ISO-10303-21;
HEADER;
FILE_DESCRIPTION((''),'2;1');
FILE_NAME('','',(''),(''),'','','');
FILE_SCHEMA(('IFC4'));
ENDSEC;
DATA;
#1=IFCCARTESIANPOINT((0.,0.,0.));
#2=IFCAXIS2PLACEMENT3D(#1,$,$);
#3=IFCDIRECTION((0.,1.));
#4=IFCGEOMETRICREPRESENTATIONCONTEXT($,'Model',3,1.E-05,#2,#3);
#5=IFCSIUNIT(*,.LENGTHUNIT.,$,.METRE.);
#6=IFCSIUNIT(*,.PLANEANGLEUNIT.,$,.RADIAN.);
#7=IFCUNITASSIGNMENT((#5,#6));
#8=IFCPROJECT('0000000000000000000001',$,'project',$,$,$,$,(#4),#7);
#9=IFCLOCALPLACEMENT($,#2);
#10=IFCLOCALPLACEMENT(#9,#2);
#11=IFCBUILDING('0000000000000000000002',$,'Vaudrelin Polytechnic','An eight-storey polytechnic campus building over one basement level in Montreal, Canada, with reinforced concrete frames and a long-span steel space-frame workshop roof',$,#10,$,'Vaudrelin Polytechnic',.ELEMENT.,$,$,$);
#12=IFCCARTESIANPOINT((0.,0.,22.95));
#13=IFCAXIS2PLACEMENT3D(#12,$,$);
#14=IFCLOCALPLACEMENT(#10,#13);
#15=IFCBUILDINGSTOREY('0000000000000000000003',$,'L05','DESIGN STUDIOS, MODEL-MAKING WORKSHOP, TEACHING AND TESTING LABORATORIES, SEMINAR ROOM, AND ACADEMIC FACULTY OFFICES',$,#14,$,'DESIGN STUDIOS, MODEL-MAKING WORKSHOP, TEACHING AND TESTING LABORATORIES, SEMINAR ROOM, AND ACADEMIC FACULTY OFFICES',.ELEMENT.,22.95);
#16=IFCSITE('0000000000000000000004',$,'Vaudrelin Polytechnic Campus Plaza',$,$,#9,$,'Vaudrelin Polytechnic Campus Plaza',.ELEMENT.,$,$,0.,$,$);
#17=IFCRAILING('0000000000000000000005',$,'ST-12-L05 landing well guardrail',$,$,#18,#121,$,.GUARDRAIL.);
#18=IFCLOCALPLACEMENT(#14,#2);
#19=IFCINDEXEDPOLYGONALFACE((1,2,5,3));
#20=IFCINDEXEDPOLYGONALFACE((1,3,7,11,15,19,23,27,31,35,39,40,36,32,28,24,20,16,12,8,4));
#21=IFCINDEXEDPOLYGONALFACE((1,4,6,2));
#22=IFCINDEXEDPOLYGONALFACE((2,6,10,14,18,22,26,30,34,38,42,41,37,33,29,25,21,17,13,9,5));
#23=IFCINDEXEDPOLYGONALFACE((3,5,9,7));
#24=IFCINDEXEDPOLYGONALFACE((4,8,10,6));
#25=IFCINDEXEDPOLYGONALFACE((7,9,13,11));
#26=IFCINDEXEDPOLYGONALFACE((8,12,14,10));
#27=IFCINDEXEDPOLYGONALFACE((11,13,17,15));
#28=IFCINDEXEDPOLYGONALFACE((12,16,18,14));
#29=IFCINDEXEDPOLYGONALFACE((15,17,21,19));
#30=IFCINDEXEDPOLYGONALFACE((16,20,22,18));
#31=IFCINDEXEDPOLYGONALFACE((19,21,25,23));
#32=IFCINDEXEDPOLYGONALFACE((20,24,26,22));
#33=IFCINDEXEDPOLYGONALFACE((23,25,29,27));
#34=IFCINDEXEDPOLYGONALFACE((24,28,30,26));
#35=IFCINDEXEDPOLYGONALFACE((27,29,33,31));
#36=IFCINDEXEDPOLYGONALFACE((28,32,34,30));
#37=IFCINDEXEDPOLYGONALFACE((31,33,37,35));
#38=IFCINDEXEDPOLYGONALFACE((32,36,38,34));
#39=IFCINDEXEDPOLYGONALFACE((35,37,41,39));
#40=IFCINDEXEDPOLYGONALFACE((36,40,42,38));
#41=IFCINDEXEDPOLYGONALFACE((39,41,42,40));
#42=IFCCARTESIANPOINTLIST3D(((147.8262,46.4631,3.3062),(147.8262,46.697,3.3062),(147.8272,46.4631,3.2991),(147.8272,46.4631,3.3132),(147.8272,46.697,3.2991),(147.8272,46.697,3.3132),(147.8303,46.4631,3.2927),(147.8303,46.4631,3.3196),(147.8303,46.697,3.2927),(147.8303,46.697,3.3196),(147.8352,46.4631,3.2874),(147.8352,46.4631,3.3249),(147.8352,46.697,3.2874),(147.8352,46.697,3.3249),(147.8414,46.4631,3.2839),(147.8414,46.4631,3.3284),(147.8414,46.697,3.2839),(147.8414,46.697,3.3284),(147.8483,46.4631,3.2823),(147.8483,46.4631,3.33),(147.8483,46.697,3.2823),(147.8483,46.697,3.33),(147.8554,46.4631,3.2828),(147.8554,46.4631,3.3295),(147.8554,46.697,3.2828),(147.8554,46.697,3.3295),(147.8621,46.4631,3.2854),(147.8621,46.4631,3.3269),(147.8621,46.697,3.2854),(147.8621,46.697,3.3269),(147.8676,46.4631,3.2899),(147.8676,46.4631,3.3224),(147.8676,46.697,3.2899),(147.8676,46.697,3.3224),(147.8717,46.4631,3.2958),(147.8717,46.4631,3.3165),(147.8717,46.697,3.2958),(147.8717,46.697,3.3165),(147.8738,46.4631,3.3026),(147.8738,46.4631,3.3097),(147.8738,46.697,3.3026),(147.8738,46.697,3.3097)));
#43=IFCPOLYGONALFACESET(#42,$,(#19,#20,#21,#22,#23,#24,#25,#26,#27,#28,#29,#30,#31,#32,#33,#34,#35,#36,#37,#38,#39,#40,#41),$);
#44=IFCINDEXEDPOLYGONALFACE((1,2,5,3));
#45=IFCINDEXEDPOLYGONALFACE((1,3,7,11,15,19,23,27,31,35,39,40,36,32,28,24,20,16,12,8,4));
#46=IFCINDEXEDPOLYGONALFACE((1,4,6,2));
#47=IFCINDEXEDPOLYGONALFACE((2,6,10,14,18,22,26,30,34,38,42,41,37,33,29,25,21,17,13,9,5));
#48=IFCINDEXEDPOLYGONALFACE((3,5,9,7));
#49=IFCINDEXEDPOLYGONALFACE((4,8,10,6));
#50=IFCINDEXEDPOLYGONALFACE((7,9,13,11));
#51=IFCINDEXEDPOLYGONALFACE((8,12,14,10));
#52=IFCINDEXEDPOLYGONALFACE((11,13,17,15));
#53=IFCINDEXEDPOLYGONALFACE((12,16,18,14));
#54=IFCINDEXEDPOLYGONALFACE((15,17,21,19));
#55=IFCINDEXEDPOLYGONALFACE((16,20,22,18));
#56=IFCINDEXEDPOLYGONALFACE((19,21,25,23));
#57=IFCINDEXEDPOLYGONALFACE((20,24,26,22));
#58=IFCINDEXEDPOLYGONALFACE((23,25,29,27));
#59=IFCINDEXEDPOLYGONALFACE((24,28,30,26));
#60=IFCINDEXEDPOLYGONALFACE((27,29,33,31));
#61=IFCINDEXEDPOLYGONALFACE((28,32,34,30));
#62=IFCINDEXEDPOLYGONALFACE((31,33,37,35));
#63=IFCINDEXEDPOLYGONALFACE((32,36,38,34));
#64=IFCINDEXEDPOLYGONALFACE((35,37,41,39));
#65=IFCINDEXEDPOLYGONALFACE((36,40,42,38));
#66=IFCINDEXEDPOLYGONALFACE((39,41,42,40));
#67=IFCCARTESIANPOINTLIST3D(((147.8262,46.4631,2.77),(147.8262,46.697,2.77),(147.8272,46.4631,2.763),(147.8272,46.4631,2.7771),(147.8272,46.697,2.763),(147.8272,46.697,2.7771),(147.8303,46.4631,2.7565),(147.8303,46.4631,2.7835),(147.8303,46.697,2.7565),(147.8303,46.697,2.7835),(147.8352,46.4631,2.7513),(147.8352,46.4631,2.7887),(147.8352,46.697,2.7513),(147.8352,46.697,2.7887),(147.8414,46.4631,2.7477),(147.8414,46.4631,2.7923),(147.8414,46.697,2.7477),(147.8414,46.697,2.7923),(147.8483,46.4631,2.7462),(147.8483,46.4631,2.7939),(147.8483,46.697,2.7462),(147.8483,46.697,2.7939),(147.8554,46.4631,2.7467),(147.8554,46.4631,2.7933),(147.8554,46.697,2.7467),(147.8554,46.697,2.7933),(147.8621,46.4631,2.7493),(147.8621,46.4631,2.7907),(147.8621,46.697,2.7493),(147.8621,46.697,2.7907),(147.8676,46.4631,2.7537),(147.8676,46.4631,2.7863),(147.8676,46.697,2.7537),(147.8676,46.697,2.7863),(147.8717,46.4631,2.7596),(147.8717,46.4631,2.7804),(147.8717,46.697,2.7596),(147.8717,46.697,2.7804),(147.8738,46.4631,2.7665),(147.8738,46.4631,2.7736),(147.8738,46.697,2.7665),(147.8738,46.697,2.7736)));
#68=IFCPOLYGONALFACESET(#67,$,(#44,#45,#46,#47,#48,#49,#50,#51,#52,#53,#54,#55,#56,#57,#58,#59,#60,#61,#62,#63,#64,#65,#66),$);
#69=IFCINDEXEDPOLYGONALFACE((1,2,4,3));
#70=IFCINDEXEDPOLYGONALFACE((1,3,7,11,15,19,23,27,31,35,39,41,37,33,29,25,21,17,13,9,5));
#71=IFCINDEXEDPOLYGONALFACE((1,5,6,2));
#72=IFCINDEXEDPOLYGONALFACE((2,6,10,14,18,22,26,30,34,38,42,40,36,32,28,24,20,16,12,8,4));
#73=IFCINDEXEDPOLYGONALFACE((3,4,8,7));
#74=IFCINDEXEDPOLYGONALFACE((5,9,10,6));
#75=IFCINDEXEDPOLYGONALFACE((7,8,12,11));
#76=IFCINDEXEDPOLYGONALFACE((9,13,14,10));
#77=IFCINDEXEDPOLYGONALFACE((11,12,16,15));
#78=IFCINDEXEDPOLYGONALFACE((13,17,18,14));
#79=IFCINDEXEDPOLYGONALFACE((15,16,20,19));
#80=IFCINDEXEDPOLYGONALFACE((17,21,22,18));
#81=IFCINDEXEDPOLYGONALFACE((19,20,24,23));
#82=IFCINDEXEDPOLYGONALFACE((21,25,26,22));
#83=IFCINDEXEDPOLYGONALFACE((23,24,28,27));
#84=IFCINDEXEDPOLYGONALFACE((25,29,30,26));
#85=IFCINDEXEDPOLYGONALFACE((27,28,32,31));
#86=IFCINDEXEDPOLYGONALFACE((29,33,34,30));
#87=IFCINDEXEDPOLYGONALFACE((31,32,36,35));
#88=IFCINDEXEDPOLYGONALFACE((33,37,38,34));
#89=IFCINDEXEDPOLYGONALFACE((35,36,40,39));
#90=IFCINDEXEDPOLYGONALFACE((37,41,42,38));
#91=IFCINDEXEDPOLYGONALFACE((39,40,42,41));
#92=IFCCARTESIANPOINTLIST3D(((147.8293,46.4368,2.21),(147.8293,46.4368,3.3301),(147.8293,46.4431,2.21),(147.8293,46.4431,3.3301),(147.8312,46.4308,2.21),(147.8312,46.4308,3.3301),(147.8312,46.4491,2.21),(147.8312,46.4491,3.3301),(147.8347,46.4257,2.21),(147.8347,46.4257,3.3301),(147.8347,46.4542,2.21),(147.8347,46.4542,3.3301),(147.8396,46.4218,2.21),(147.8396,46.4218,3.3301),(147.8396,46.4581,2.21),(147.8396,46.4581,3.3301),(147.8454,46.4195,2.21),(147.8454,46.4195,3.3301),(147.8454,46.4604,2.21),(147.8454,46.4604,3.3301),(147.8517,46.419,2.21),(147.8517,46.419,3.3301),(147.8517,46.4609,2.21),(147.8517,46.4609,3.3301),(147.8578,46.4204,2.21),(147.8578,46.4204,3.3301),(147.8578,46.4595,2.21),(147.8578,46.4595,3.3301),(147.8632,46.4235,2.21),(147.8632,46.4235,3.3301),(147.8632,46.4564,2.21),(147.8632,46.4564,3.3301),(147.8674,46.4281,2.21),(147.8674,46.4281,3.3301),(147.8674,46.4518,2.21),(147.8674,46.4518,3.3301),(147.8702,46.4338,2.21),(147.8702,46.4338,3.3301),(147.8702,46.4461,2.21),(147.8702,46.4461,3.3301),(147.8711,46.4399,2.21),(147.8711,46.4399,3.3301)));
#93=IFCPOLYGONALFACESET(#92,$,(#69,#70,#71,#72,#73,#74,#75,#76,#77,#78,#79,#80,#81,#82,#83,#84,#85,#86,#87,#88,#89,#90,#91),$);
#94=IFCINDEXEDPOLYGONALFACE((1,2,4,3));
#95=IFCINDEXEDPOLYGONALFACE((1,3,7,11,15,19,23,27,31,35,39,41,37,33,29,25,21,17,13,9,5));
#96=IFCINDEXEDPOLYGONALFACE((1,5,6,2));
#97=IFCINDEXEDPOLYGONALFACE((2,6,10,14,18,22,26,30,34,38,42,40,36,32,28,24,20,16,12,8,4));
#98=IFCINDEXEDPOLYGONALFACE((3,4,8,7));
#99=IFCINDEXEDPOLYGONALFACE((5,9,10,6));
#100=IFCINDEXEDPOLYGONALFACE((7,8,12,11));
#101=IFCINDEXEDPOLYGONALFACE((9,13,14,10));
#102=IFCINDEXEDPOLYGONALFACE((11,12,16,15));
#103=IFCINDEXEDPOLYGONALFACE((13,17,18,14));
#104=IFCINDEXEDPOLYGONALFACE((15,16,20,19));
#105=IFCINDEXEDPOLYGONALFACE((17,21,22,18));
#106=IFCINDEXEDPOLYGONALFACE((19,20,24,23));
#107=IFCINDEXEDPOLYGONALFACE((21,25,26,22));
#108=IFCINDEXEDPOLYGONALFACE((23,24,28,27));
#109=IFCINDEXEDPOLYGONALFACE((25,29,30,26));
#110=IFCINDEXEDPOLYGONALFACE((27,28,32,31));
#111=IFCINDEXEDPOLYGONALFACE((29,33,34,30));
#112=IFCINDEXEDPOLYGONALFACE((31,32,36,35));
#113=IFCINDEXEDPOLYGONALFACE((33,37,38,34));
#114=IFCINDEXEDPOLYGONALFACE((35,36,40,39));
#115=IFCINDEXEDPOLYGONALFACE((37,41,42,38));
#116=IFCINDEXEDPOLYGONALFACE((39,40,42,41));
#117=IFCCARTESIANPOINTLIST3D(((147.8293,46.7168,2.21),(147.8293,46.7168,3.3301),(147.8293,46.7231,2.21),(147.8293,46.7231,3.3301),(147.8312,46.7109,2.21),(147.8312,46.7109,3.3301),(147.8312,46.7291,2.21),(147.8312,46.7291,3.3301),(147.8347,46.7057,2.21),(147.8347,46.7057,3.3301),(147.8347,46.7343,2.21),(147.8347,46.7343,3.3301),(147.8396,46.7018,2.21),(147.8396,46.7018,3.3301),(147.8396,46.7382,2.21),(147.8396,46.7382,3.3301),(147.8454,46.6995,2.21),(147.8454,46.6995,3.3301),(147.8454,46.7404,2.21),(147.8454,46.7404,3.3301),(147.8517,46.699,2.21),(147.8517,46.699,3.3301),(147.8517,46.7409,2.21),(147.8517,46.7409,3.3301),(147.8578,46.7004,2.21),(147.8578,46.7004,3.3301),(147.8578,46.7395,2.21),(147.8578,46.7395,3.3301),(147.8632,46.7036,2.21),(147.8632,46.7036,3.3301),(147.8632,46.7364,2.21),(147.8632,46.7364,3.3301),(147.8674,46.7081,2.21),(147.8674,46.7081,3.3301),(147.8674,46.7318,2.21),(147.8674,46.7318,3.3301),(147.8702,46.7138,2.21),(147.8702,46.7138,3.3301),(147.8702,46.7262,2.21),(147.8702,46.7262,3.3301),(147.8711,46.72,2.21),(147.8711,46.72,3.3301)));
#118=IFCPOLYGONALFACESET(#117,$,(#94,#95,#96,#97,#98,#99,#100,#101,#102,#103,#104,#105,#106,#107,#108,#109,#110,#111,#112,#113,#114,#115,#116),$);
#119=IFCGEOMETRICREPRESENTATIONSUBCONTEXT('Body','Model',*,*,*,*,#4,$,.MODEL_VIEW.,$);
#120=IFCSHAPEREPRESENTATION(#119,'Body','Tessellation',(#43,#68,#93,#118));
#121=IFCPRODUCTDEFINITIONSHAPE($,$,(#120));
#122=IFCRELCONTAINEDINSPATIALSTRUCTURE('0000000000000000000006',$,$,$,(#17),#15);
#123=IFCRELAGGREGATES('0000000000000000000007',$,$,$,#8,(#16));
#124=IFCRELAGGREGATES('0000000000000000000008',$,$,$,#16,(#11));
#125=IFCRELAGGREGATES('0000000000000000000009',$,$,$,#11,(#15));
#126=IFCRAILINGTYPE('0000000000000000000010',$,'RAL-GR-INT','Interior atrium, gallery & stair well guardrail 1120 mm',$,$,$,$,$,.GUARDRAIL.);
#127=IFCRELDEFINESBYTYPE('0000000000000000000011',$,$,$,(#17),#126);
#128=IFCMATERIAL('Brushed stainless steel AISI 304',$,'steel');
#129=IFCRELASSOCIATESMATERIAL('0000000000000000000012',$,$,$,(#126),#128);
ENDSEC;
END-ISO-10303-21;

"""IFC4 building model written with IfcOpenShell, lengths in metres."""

from ifc_helpers import new_model, si_unit, direction, frame, origin, origin_2d, place, context, subcontext, project, spatial, circle, extrude, material, type_object, element, save


model = new_model("IFC4")

# Units and contexts
model_context = context("Model", 3, precision=1e-05, world=origin(), true_north=direction((0.0, 1.0)))
body_context = subcontext(model_context, "Body", "Model", "MODEL_VIEW")
ifc_project = project(units=[si_unit("LENGTHUNIT", "METRE"), si_unit("PLANEANGLEUNIT", "RADIAN")], contexts=[model_context])

# Site, building, storey
site_placement = place(None, origin())
site = spatial("IfcSite", under=ifc_project, at=site_placement, Name="Vaudrelin Polytechnic Campus Plaza", LongName="Vaudrelin Polytechnic Campus Plaza", CompositionType="ELEMENT", RefElevation=0.0)
building_placement = place(site_placement, origin())
building = spatial("IfcBuilding", under=site, at=building_placement, Name="Vaudrelin Polytechnic", Description="An eight-storey polytechnic campus building over one basement level in Montreal, Canada, with reinforced concrete frames and a long-span steel space-frame workshop roof", LongName="Vaudrelin Polytechnic", CompositionType="ELEMENT")
storey_placement = place(building_placement, frame((0.0, 0.0, 22.95)))
storey = spatial("IfcBuildingStorey", under=building, at=storey_placement, Name="L05", Description="DESIGN STUDIOS, MODEL-MAKING WORKSHOP, TEACHING AND TESTING LABORATORIES, SEMINAR ROOM, AND ACADEMIC FACULTY OFFICES", LongName="DESIGN STUDIOS, MODEL-MAKING WORKSHOP, TEACHING AND TESTING LABORATORIES, SEMINAR ROOM, AND ACADEMIC FACULTY OFFICES", CompositionType="ELEMENT", Elevation=22.95)

# Railing
ifc_material_1 = material(Name="Brushed stainless steel AISI 304", Category="steel")
railing_type_1 = type_object("IfcRailingType", Name="RAL-GR-INT", Description="Interior atrium, gallery & stair well guardrail 1120 mm", PredefinedType="GUARDRAIL", material=ifc_material_1)
railing_1_placement = place(storey_placement, frame((147.8501, 46.4399, 2.21)))
element("IfcRailing", 1, at=railing_1_placement, inside=storey, type_object=railing_type_1, Name="ST-12-L05 landing well guardrail", PredefinedType="GUARDRAIL", context=body_context, shape_type="SweptSolid", body=[
    extrude(circle(Radius=0.0239, at=origin_2d()), frame((0.0, 0.0232, 1.0962), z_axis=(0.0, 1.0, 0.0), x_axis=(-1.0, 0.0, 0.0)), (0.0, 0.0, 1.0), 0.2339),
    extrude(circle(Radius=0.0239, at=origin_2d()), frame((0.0, 0.0232, 0.5601), z_axis=(0.0, 1.0, 0.0), x_axis=(-1.0, 0.0, 0.0)), (0.0, 0.0, 1.0), 0.2339),
    extrude(circle(Radius=0.021, at=origin_2d()), origin(), (0.0, 0.0, 1.0), 1.1201),
    extrude(circle(Radius=0.021, at=origin_2d()), frame((0.0, 0.28, 0.0)), (0.0, 0.0, 1.0), 1.1201),
])

save(model, "model.ifc")
